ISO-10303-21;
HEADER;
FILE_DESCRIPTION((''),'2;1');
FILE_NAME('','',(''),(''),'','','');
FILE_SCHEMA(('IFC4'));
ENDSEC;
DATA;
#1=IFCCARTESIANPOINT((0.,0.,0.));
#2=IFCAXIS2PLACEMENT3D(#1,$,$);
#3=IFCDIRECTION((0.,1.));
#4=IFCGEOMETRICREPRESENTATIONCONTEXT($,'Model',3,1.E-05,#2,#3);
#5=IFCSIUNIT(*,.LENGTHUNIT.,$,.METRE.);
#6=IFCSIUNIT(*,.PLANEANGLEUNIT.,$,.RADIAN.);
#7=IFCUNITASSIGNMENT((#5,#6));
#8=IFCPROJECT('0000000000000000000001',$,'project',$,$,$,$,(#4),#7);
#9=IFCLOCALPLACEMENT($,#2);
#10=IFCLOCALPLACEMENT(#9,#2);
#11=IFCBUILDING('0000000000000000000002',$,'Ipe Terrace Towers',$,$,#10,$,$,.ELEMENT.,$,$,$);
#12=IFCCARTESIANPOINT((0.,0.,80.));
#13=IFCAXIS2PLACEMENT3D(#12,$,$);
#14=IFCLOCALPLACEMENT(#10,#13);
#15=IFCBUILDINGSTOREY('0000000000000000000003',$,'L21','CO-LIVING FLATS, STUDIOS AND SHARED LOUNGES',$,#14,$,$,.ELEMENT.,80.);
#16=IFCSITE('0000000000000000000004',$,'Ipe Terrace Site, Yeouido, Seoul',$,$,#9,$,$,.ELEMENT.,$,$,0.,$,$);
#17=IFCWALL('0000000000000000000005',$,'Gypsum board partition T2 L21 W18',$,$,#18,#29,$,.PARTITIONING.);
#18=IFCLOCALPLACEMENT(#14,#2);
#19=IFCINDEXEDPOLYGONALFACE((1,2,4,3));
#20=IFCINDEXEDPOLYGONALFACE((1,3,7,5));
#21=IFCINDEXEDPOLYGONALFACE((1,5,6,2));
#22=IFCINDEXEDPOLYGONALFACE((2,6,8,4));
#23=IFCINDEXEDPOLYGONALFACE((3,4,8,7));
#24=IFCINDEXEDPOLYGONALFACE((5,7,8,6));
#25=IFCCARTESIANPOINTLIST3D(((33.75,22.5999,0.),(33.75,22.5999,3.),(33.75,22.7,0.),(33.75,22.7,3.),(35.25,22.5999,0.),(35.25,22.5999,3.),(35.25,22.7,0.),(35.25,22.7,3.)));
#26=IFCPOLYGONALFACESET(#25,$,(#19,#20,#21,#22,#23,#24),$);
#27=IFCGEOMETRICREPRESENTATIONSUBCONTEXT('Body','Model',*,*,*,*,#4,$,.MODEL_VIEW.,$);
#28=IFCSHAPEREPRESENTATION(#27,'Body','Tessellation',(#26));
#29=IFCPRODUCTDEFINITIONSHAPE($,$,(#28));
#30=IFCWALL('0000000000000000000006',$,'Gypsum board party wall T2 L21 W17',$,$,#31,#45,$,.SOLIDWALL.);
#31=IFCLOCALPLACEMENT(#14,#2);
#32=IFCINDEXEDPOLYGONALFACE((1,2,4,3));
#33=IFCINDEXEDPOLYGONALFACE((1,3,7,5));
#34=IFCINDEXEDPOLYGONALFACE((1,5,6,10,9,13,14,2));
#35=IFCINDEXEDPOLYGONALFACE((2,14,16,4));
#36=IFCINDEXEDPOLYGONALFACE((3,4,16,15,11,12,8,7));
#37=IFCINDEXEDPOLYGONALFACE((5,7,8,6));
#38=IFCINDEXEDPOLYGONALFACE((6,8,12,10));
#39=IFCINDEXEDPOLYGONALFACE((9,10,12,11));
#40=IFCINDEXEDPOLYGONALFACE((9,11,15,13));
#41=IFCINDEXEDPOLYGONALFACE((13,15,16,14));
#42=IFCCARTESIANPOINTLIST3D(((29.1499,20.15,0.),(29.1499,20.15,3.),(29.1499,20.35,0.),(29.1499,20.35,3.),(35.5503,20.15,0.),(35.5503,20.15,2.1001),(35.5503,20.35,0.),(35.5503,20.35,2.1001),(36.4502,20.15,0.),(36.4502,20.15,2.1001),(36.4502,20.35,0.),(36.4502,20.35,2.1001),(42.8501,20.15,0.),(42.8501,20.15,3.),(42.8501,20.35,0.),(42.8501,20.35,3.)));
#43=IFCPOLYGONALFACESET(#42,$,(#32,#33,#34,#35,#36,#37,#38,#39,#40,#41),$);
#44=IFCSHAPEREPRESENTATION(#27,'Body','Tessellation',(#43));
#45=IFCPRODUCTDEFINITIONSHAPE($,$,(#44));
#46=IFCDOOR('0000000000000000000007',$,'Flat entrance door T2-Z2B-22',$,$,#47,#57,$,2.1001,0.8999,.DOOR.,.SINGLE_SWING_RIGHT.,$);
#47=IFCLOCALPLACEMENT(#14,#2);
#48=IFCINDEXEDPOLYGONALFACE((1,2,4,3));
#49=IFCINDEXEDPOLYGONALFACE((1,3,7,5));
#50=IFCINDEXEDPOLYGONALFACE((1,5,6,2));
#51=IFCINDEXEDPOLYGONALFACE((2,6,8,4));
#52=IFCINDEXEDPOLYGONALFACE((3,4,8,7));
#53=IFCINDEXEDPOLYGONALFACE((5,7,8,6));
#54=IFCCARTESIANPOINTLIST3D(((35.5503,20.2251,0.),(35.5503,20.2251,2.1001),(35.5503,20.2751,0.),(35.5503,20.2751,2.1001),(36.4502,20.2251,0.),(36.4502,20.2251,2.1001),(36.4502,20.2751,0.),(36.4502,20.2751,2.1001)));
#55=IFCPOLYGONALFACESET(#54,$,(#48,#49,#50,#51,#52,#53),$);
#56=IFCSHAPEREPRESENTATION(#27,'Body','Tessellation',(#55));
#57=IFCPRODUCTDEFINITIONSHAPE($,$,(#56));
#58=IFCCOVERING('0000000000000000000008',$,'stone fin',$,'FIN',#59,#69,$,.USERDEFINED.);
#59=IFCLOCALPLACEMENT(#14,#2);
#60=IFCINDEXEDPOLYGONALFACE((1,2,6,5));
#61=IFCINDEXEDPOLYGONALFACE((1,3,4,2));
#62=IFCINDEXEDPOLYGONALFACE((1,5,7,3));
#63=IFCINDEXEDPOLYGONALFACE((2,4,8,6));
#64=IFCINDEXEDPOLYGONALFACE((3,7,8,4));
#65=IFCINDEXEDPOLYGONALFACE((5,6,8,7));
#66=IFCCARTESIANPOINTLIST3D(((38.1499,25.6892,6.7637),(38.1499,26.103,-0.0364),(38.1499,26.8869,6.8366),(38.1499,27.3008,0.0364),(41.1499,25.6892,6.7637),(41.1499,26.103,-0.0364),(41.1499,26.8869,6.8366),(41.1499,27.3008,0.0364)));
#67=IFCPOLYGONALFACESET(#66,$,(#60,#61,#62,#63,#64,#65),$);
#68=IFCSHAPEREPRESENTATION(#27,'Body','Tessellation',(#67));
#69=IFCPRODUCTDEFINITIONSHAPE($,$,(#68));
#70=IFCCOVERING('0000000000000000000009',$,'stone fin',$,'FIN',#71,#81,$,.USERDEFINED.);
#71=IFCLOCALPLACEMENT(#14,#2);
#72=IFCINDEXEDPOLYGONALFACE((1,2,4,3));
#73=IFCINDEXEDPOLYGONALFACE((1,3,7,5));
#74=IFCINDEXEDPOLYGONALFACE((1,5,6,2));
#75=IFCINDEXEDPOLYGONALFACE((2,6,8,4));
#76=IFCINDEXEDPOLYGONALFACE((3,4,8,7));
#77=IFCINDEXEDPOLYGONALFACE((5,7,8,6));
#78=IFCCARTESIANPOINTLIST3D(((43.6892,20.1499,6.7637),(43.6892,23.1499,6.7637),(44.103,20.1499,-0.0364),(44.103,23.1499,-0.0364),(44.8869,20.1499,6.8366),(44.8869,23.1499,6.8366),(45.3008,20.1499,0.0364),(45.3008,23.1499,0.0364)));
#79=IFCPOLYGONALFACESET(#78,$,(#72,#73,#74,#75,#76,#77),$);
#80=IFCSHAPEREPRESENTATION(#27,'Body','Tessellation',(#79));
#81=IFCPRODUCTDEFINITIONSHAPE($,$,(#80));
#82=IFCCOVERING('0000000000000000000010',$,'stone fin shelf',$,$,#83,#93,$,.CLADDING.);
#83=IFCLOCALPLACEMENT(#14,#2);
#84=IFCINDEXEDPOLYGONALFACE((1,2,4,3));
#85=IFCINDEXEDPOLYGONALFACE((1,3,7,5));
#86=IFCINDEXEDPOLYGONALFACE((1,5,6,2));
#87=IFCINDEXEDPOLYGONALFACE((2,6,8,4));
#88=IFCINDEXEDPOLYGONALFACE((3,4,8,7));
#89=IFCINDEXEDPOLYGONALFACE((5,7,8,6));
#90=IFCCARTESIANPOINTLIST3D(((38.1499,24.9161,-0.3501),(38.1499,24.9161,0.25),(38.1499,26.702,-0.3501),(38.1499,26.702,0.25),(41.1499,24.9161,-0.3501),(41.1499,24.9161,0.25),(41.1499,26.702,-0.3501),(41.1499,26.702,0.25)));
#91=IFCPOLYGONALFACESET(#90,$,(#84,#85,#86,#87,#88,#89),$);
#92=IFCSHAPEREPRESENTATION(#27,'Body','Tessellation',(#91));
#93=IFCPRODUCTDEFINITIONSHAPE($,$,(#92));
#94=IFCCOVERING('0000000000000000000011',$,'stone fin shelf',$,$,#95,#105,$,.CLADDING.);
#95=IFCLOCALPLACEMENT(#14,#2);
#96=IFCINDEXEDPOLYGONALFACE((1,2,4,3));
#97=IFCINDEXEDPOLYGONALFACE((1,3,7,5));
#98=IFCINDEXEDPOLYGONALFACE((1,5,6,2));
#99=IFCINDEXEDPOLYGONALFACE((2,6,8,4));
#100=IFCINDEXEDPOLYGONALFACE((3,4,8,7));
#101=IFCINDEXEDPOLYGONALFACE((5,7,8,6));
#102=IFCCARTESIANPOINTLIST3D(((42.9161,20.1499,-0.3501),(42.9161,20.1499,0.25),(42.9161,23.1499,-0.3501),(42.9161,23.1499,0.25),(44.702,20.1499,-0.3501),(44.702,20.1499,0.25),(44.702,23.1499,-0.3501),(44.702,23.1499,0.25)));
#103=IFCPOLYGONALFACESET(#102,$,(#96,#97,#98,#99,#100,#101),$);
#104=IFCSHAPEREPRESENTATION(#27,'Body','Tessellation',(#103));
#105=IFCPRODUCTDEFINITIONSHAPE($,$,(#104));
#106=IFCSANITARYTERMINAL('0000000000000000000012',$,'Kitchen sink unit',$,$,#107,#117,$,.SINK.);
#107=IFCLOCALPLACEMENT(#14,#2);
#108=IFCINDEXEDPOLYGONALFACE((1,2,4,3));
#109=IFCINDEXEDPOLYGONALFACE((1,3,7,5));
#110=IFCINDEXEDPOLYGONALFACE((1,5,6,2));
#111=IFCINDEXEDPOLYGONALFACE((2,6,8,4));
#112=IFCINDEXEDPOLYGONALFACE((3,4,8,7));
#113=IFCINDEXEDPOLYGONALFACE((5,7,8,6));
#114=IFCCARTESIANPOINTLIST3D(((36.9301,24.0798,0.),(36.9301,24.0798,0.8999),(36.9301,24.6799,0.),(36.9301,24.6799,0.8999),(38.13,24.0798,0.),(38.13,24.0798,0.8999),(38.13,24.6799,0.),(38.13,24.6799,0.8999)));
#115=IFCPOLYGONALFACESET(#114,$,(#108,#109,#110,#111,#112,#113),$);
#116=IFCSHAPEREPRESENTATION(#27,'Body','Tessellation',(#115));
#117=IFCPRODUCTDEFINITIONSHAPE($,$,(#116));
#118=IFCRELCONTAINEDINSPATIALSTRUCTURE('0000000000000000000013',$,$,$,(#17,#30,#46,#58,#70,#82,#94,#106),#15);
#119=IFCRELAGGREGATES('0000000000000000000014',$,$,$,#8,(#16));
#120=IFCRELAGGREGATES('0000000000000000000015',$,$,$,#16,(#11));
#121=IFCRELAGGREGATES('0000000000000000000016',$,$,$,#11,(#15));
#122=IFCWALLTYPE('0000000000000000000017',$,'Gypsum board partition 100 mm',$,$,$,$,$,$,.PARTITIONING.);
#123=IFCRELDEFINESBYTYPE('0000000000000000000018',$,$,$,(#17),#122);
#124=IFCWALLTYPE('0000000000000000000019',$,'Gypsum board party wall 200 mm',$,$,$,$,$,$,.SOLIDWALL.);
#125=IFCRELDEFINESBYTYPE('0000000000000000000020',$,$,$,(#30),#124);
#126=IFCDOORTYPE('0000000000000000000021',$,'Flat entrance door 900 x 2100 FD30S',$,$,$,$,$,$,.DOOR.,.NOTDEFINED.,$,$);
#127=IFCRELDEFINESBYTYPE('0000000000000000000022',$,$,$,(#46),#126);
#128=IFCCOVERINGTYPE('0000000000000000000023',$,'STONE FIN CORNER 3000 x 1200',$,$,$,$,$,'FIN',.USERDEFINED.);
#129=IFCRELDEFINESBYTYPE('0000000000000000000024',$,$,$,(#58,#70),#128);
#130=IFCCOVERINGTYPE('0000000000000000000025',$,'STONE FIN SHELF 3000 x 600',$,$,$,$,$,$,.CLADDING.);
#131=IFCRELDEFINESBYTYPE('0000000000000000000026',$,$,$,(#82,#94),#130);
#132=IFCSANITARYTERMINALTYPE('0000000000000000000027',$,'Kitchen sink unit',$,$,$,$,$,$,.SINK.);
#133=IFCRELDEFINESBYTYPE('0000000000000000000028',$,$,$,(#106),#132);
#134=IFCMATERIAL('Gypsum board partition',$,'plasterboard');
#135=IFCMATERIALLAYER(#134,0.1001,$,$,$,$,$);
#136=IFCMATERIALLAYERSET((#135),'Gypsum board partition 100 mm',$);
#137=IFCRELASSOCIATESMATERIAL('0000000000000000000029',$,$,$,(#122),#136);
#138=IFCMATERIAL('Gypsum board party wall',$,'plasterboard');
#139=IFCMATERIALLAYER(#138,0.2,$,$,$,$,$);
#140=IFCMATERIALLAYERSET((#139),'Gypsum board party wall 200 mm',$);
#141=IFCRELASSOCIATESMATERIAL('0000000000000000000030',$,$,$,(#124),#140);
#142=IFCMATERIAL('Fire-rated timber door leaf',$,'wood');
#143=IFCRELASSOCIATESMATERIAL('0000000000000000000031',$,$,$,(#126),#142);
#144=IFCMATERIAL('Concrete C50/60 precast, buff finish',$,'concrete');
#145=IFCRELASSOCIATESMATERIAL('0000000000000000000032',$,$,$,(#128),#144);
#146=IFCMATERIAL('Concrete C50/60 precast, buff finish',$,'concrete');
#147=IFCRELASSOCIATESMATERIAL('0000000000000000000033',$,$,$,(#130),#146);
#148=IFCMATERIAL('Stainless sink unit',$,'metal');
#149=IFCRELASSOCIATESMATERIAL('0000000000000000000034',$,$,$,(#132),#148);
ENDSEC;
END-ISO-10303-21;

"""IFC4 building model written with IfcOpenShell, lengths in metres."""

from ifc_helpers import new_model, si_unit, direction, frame, frame_2d, origin, origin_2d, place, context, subcontext, project, spatial, rectangle, extrude, material, layer, layer_set, material_profile, profile_set, type_object, element, fill, save


model = new_model("IFC4")

# Units and contexts
model_context = context("Model", 3, precision=1e-05, world=origin(), true_north=direction((0.0, 1.0)))
body_context = subcontext(model_context, "Body", "Model", "MODEL_VIEW")
ifc_project = project(units=[si_unit("LENGTHUNIT", "METRE"), si_unit("PLANEANGLEUNIT", "RADIAN")], contexts=[model_context])

# Site, building, storey
site_placement = place(None, origin())
site = spatial("IfcSite", under=ifc_project, at=site_placement, Name="Ipe Terrace Site, Yeouido, Seoul", CompositionType="ELEMENT", RefElevation=0.0)
building_placement = place(site_placement, origin())
building = spatial("IfcBuilding", under=site, at=building_placement, Name="Ipe Terrace Towers", CompositionType="ELEMENT")
storey_placement = place(building_placement, frame((0.0, 0.0, 80.0)))
storey = spatial("IfcBuildingStorey", under=building, at=storey_placement, Name="L21", Description="CO-LIVING FLATS, STUDIOS AND SHARED LOUNGES", CompositionType="ELEMENT", Elevation=80.0)

# Wall
ifc_material_1 = material(Name="Gypsum board partition", Category="plasterboard")
ifc_layer_1 = layer(ifc_material_1, 0.1001)
ifc_layer_set_1 = layer_set([ifc_layer_1], Name="Gypsum board partition 100 mm")
wall_type_1 = type_object("IfcWallType", Name="Gypsum board partition 100 mm", PredefinedType="PARTITIONING", material=ifc_layer_set_1)
wall_1_placement = place(storey_placement, frame((35.25, 22.6499, 0.0), z_axis=(0.0, 0.0, 1.0), x_axis=(-1.0, 0.0, 0.0)))
element("IfcWall", 1, at=wall_1_placement, inside=storey, type_object=wall_type_1, Name="Gypsum board partition T2 L21 W18", PredefinedType="PARTITIONING", context=body_context, shape_type="SweptSolid", body=[
    extrude(rectangle(XDim=1.5, YDim=0.1001, at=frame_2d((0.75, 0.0))), origin(), (0.0, 0.0, 1.0), 3.0),
])

# Wall, opening, door
ifc_material_2 = material(Name="Gypsum board party wall", Category="plasterboard")
ifc_layer_2 = layer(ifc_material_2, 0.2)
ifc_layer_set_2 = layer_set([ifc_layer_2], Name="Gypsum board party wall 200 mm")
wall_type_2 = type_object("IfcWallType", Name="Gypsum board party wall 200 mm", PredefinedType="SOLIDWALL", material=ifc_layer_set_2)
wall_2_placement = place(storey_placement, frame((42.8501, 20.25, 0.0), z_axis=(0.0, 0.0, 1.0), x_axis=(-1.0, 0.0, 0.0)))
wall_2 = element("IfcWall", 2, at=wall_2_placement, inside=storey, type_object=wall_type_2, Name="Gypsum board party wall T2 L21 W17", PredefinedType="SOLIDWALL", context=body_context, shape_type="SweptSolid", body=[
    extrude(rectangle(XDim=13.7002, YDim=0.2, at=frame_2d((6.8501, 0.0))), origin(), (0.0, 0.0, 1.0), 3.0),
])
opening_placement = place(wall_2_placement, frame((6.3999, 0.0, 0.0)))
opening = element("IfcOpeningElement", 3, at=opening_placement, cuts=wall_2, PredefinedType="OPENING", context=body_context, shape_type="SweptSolid", body=[
    extrude(rectangle(XDim=0.8999, YDim=2.1001, at=frame_2d((0.45, 1.05))), frame((0.0, 0.1099, 0.0), z_axis=(0.0, -1.0, 0.0), x_axis=(1.0, 0.0, 0.0)), (0.0, 0.0, 1.0), 0.22),
])
ifc_material_3 = material(Name="Fire-rated timber door leaf", Category="wood")
door_type = type_object("IfcDoorType", Name="Flat entrance door 900 x 2100 FD30S", OperationType="NOTDEFINED", PredefinedType="DOOR", material=ifc_material_3)
door_placement = place(opening_placement, origin())
door = element("IfcDoor", 4, at=door_placement, inside=storey, type_object=door_type, Name="Flat entrance door T2-Z2B-22", OperationType="SINGLE_SWING_RIGHT", OverallHeight=2.1001, OverallWidth=0.8999, PredefinedType="DOOR", context=body_context, shape_type="SweptSolid", body=[
    extrude(rectangle(XDim=0.8999, YDim=2.1001, at=frame_2d((0.45, 1.05))), frame((0.0, 0.0249, 0.0), z_axis=(0.0, -1.0, 0.0), x_axis=(1.0, 0.0, 0.0)), (0.0, 0.0, 1.0), 0.05),
])
fill(opening, door)

# Coverings
ifc_material_4 = material(Name="Concrete C50/60 precast, buff finish", Category="concrete")
ifc_material_profile_1 = material_profile(ifc_material_4, rectangle(XDim=3.0, YDim=1.2, at=origin_2d()), Name="STONE FIN CORNER 3000 x 1200")
ifc_profile_set_1 = profile_set([ifc_material_profile_1], Name="Concrete C50/60 precast, buff finish")
covering_type_1 = type_object("IfcCoveringType", Name="STONE FIN CORNER 3000 x 1200", ElementType="FIN", PredefinedType="USERDEFINED", material=ifc_profile_set_1)
for number, where, z_axis, x_axis, name in (
    (5, (39.6499, 26.7019, 0.0), (0.0, -0.060743, 0.998153), (-1.0, 0.0, 0.0), "stone fin"),
    (6, (44.7019, 21.6499, 0.0), (-0.060743, 0.0, 0.998153), (0.0, 1.0, 0.0), "stone fin"),
):
    element("IfcCovering", number, at=place(storey_placement, frame(where, z_axis=z_axis, x_axis=x_axis)), inside=storey, type_object=covering_type_1, Name=name, ObjectType="FIN", PredefinedType="USERDEFINED", context=body_context, shape_type="SweptSolid", body=[
        extrude(rectangle(XDim=3.0, YDim=1.2, at=origin_2d()), origin(), (0.0, 0.0, 1.0), 6.8127),
    ])
ifc_material_5 = material(Name="Concrete C50/60 precast, buff finish", Category="concrete")
covering_type_2 = type_object("IfcCoveringType", Name="STONE FIN SHELF 3000 x 600", PredefinedType="CLADDING", material=ifc_material_5)
for number, where, z_axis, x_axis, name in (
    (7, (39.6499, 25.8091, -0.3501), (0.0, 0.0, 1.0), (-1.0, 0.0, 0.0), "stone fin shelf"),
    (8, (43.8091, 21.6499, -0.3501), (0.0, 0.0, 1.0), (0.0, 1.0, 0.0), "stone fin shelf"),
):
    element("IfcCovering", number, at=place(storey_placement, frame(where, z_axis=z_axis, x_axis=x_axis)), inside=storey, type_object=covering_type_2, Name=name, PredefinedType="CLADDING", context=body_context, shape_type="SweptSolid", body=[
        extrude(rectangle(XDim=3.0, YDim=1.7859, at=origin_2d()), origin(), (0.0, 0.0, 1.0), 0.6001),
    ])

# Sanitary terminal
ifc_material_6 = material(Name="Stainless sink unit", Category="metal")
sanitary_terminal_type = type_object("IfcSanitaryTerminalType", Name="Kitchen sink unit", PredefinedType="SINK", material=ifc_material_6)
sanitary_terminal_placement = place(storey_placement, frame((37.53, 24.3799, 0.0), z_axis=(0.0, 0.0, 1.0), x_axis=(1.0, 0.0, 0.0)))
element("IfcSanitaryTerminal", 9, at=sanitary_terminal_placement, inside=storey, type_object=sanitary_terminal_type, Name="Kitchen sink unit", PredefinedType="SINK", context=body_context, shape_type="SweptSolid", body=[
    extrude(rectangle(XDim=1.2, YDim=0.6001, at=origin_2d()), origin(), (0.0, 0.0, 1.0), 0.8999),
])

save(model, "model.ifc")
